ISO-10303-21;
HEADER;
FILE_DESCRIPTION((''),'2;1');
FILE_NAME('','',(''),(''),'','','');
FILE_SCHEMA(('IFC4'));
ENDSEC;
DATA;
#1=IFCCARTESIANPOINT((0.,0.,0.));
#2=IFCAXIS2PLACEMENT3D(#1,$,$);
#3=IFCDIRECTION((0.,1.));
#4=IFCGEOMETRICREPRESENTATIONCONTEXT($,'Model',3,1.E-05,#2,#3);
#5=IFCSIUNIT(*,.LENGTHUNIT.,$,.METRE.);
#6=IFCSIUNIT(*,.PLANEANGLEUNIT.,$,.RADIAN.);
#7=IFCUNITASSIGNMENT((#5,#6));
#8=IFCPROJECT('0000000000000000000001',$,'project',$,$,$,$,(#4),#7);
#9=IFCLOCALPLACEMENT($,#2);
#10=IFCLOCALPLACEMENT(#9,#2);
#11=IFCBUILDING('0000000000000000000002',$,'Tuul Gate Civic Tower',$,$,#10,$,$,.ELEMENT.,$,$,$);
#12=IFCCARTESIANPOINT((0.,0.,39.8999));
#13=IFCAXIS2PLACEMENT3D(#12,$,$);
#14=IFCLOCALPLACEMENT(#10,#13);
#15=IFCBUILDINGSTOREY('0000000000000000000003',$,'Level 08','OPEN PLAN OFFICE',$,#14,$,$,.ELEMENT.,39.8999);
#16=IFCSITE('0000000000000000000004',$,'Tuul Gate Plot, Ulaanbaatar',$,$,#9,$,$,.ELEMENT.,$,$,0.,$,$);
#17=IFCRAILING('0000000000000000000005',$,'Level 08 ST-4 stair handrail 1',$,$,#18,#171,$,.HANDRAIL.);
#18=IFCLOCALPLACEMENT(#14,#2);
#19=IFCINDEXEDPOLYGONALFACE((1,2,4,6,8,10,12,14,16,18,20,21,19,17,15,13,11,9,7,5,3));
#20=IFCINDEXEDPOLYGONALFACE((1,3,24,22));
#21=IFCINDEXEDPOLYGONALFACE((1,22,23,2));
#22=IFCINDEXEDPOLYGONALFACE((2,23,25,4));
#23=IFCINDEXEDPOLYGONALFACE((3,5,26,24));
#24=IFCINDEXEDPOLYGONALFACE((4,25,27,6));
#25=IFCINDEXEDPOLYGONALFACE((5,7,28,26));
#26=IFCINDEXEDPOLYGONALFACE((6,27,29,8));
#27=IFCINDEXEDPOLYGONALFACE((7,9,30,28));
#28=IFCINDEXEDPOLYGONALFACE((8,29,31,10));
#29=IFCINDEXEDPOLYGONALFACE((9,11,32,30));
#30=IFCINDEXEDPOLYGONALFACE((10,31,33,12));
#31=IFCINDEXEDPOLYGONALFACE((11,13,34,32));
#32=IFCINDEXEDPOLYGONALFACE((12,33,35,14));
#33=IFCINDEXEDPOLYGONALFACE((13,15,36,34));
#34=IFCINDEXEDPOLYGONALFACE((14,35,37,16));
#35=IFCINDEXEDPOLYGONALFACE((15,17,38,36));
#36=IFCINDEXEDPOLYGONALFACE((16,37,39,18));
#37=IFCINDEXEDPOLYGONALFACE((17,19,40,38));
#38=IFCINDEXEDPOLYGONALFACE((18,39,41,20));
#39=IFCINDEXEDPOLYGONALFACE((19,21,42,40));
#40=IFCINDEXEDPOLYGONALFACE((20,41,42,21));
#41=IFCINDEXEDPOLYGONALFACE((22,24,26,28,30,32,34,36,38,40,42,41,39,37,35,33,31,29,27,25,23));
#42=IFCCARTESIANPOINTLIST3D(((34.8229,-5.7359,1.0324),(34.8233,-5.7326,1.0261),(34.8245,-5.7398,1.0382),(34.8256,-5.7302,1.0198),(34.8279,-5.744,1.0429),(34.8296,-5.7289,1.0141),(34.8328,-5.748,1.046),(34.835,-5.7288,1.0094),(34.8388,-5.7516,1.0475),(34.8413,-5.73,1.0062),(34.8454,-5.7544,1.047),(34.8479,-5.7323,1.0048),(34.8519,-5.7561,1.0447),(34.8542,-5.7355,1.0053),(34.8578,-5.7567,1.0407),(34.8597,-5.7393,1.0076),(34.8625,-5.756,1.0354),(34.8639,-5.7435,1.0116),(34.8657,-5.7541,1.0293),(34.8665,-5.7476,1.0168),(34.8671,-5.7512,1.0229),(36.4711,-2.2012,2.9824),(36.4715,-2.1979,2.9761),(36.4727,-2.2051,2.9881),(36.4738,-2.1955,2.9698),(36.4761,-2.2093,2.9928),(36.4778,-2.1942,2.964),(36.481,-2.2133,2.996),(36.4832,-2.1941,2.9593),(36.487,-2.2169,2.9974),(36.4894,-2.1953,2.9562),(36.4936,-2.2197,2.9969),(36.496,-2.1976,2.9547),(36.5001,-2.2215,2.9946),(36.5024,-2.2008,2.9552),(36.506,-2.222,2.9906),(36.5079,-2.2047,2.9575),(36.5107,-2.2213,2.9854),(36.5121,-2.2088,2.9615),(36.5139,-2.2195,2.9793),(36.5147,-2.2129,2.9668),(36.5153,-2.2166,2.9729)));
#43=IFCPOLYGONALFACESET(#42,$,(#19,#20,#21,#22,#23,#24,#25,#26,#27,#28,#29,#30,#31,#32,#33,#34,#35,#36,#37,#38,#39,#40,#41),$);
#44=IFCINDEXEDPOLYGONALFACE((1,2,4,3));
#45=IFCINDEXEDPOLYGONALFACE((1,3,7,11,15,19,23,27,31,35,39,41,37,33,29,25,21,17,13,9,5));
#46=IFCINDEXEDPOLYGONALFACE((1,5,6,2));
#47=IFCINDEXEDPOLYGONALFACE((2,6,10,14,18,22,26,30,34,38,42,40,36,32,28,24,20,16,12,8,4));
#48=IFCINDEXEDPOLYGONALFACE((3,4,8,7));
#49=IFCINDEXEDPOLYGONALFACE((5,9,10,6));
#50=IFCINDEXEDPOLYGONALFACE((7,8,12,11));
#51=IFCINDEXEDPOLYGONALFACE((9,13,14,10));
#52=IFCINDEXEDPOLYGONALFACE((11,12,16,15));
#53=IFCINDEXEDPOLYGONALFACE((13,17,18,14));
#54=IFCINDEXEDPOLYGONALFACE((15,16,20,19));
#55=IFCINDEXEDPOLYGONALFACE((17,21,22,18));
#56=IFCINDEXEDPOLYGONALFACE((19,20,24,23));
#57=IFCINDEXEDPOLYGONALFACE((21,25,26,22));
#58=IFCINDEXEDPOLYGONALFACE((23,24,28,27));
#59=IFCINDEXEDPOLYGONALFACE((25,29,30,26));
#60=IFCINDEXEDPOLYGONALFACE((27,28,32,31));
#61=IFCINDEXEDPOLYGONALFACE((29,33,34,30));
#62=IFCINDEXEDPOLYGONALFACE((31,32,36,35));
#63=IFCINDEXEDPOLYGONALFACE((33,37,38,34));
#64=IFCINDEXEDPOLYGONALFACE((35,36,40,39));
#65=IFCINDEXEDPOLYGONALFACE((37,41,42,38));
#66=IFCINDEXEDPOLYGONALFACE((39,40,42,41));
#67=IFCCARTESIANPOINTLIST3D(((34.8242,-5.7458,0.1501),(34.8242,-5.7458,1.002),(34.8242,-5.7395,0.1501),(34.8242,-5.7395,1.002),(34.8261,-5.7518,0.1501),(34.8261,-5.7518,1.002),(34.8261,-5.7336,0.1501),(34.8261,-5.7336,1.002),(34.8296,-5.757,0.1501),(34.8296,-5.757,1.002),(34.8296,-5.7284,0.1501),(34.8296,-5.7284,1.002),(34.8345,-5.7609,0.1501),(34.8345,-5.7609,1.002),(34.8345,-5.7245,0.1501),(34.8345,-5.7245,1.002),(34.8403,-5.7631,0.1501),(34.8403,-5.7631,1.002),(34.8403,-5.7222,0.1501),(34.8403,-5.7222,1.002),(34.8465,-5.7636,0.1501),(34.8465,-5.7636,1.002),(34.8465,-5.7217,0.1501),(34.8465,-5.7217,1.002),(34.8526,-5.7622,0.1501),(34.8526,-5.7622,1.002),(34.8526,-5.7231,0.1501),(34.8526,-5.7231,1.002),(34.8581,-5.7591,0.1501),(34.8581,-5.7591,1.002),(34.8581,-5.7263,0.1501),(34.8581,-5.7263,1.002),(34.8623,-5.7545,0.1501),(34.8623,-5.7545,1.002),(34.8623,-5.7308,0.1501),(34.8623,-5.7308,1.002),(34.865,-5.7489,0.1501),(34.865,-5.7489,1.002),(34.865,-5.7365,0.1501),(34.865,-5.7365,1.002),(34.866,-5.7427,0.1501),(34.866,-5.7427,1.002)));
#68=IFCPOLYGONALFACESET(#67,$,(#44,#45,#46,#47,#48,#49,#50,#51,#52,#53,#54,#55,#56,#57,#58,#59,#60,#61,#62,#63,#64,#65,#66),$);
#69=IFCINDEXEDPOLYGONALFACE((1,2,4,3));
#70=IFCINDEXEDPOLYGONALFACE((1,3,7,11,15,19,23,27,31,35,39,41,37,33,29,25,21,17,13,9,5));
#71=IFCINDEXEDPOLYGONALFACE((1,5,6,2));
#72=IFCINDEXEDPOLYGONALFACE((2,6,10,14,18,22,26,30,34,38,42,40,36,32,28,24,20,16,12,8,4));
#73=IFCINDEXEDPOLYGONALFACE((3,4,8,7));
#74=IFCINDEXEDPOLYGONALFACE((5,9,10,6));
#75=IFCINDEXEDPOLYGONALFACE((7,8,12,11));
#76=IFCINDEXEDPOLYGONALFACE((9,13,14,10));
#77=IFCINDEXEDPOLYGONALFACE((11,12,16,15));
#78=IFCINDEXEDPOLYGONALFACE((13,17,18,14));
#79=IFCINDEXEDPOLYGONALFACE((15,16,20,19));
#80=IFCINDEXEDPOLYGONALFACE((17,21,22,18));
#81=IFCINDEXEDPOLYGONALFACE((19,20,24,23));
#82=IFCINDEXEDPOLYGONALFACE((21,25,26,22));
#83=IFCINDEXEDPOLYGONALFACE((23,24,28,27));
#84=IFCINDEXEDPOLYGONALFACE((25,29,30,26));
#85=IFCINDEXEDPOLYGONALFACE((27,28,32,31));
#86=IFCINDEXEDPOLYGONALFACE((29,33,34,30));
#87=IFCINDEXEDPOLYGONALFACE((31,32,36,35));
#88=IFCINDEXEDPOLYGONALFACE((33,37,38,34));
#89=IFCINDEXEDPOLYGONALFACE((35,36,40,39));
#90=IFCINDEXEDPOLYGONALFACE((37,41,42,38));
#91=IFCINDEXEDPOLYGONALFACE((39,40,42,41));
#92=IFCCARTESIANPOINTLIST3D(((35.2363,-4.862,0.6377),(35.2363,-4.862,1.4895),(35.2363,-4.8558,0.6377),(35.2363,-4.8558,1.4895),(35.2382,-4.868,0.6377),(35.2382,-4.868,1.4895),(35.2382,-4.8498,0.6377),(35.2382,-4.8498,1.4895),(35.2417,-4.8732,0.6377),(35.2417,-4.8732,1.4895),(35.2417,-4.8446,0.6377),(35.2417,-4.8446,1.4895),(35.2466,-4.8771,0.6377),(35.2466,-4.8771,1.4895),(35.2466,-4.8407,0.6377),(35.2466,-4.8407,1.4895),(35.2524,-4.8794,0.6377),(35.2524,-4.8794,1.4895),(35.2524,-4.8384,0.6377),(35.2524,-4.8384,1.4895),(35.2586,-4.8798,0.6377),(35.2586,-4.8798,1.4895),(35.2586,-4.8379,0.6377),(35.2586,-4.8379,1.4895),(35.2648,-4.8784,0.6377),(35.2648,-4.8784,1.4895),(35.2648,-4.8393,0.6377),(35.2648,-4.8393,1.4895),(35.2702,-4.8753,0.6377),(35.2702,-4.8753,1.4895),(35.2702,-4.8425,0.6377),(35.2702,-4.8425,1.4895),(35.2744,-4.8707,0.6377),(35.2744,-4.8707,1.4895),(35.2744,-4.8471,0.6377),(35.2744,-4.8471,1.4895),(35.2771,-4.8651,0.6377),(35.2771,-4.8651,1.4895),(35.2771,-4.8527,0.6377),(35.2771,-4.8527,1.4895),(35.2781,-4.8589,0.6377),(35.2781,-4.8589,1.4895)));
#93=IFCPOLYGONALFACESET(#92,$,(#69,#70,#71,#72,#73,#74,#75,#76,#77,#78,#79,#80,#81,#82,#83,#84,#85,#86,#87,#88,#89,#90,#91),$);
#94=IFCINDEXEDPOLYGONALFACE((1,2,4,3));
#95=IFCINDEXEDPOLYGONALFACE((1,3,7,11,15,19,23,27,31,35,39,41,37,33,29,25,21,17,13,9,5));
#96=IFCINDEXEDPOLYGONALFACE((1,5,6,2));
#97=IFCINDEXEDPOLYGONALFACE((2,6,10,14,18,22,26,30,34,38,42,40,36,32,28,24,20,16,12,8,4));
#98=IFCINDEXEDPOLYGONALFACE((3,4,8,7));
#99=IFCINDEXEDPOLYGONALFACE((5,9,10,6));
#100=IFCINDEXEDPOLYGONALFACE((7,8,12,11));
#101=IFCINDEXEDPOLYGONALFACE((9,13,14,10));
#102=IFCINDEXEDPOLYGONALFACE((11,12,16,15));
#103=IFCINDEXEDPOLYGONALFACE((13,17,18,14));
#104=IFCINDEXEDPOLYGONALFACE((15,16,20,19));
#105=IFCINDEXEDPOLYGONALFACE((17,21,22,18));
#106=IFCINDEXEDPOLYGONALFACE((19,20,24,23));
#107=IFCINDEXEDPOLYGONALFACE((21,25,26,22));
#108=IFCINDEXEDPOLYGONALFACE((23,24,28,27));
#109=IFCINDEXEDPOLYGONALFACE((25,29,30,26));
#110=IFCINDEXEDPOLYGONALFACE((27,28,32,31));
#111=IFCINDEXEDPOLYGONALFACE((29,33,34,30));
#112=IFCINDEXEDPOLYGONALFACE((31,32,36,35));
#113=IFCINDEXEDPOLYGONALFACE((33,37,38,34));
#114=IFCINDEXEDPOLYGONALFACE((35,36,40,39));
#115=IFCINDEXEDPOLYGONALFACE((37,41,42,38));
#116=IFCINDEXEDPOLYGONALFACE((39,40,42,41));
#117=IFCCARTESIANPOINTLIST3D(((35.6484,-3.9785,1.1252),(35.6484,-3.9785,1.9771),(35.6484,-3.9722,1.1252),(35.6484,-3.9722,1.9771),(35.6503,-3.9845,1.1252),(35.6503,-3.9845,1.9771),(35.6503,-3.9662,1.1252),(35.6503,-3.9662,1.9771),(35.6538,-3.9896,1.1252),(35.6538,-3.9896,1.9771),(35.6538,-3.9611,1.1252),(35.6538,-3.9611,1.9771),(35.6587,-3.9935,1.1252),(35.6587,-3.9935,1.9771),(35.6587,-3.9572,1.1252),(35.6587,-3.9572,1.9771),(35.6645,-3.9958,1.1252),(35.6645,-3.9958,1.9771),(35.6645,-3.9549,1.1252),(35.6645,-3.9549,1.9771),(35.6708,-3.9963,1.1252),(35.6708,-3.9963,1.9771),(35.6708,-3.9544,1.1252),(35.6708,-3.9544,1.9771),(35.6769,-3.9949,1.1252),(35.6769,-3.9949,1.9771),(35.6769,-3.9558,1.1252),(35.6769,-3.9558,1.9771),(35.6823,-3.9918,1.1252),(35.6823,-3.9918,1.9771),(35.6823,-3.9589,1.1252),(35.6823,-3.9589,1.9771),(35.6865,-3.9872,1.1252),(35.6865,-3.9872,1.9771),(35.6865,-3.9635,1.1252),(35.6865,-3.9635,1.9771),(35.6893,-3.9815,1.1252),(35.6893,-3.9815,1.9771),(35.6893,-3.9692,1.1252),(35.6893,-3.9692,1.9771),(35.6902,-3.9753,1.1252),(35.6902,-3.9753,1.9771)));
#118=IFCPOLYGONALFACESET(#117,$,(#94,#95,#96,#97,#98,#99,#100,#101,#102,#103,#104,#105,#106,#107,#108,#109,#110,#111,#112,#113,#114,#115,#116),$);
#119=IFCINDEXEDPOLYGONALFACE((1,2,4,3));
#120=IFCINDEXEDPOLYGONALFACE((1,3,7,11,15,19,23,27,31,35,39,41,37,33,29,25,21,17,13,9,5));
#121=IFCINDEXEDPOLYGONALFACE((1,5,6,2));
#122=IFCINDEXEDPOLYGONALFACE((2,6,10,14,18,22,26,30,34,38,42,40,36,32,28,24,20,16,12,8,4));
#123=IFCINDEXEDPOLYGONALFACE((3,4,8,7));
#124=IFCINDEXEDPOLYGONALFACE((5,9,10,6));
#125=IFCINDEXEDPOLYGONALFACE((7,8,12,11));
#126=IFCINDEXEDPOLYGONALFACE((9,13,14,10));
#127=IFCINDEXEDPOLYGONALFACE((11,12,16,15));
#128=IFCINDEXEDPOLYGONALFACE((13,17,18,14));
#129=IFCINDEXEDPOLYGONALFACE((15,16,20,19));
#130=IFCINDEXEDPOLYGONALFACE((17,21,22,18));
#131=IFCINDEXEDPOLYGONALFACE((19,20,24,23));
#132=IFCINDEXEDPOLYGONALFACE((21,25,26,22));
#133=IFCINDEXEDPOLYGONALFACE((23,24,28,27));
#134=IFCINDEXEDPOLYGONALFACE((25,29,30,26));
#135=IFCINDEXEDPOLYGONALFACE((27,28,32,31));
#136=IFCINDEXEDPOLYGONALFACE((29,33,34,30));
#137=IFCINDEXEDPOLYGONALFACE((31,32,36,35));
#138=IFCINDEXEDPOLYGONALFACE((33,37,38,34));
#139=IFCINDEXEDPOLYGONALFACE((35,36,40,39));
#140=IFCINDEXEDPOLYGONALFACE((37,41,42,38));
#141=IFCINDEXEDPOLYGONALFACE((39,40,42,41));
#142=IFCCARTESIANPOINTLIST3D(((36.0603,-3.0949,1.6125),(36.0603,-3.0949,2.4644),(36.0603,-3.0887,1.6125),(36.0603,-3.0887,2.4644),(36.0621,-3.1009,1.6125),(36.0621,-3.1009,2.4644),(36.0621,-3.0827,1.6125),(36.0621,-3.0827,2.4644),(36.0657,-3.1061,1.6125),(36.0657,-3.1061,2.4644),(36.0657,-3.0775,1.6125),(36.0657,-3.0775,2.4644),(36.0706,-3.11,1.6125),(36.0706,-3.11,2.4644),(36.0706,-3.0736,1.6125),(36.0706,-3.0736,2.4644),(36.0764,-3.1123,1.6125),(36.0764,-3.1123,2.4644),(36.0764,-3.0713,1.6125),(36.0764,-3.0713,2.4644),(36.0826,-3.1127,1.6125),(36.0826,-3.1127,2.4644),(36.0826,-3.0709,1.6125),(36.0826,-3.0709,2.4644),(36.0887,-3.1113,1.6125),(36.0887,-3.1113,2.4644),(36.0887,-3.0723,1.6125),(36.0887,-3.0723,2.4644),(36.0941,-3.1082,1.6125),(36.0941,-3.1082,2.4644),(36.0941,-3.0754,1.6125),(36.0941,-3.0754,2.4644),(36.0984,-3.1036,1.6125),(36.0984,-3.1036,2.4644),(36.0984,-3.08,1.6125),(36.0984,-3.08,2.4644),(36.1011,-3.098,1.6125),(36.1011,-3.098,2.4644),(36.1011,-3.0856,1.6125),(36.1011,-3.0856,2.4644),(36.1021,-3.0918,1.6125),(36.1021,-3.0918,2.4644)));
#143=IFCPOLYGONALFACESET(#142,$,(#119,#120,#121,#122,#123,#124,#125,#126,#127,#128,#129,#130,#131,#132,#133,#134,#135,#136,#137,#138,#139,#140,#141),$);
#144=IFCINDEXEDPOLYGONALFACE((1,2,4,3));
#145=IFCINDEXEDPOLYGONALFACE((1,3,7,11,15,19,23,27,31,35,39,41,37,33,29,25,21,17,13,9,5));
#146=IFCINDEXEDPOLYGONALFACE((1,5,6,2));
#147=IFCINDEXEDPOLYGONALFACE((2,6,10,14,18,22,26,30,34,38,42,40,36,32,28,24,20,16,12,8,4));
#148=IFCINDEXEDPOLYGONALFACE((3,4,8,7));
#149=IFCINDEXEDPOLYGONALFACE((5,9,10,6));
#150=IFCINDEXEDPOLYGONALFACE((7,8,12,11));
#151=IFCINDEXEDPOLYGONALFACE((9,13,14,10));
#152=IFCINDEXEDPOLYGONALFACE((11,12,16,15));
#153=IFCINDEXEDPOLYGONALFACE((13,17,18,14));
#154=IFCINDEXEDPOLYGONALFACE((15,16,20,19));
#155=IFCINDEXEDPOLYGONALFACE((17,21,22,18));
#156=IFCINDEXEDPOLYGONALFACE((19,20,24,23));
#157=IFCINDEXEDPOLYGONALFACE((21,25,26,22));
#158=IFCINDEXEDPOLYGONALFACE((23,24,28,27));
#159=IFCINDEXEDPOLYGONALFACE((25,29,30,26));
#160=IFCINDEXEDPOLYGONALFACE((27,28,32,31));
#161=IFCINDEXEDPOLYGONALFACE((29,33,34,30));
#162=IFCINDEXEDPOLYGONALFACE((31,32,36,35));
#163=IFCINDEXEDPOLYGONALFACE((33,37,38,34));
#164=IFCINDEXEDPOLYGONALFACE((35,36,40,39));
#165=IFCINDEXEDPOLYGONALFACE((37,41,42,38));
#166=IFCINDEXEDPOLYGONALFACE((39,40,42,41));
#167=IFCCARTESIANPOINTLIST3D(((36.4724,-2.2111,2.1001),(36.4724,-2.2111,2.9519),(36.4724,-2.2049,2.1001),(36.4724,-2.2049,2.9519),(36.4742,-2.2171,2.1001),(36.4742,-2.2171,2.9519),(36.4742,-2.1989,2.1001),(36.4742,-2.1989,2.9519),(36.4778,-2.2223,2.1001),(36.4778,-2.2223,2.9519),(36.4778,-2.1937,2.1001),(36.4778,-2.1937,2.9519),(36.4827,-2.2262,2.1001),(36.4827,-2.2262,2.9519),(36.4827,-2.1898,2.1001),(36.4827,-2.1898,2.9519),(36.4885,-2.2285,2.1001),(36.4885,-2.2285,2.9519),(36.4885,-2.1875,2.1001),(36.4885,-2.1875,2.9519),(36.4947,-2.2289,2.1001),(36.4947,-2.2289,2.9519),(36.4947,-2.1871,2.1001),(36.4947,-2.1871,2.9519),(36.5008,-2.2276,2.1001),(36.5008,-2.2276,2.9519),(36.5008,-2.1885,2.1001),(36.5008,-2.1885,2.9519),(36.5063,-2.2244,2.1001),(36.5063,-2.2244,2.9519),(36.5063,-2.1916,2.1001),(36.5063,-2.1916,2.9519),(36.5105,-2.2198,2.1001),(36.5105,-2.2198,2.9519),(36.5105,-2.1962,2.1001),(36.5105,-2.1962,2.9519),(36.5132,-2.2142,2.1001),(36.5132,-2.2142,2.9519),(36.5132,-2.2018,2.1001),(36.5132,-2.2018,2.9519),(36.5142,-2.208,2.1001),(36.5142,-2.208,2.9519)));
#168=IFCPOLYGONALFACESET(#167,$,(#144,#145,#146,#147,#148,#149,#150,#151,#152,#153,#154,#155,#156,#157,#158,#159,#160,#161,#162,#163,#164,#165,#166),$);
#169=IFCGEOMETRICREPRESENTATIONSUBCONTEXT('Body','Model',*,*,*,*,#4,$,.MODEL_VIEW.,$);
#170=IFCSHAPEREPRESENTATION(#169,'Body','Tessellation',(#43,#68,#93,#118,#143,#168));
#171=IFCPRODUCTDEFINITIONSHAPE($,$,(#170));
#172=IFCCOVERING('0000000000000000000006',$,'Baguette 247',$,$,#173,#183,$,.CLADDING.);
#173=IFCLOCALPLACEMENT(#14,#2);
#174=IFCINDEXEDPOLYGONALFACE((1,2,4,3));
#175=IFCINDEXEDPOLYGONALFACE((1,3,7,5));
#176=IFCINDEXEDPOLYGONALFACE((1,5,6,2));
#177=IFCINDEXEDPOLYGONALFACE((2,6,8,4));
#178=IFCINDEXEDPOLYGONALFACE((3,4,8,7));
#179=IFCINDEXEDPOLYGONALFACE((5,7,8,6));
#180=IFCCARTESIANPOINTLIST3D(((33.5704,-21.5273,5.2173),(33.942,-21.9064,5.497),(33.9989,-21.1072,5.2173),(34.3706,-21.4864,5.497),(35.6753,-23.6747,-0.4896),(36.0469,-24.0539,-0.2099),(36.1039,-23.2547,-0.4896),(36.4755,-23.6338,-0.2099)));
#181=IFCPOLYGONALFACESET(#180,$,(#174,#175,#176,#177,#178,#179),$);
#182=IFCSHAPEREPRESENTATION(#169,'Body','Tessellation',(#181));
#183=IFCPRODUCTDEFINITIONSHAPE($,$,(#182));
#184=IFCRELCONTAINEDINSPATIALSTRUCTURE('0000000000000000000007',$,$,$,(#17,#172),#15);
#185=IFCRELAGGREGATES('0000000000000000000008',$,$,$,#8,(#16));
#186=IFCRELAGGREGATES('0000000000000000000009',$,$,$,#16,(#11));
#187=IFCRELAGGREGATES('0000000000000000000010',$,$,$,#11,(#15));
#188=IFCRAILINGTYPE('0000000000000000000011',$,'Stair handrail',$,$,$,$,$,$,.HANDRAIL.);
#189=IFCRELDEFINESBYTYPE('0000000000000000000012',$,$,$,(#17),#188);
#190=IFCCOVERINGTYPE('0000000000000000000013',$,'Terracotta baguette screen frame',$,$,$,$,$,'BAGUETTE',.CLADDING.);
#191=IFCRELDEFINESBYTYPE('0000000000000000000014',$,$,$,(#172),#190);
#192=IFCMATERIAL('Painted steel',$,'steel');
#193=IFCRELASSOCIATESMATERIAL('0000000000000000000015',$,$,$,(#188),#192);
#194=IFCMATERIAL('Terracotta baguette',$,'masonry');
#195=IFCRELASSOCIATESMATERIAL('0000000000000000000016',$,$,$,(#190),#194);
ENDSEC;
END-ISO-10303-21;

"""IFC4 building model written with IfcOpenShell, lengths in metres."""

from ifc_helpers import new_model, si_unit, direction, frame, origin, origin_2d, place, context, subcontext, project, spatial, rectangle, circle, extrude, material, material_profile, profile_set, type_object, element, save


model = new_model("IFC4")

# Units and contexts
model_context = context("Model", 3, precision=1e-05, world=origin(), true_north=direction((0.0, 1.0)))
body_context = subcontext(model_context, "Body", "Model", "MODEL_VIEW")
ifc_project = project(units=[si_unit("LENGTHUNIT", "METRE"), si_unit("PLANEANGLEUNIT", "RADIAN")], contexts=[model_context])

# Site, building, storey
site_placement = place(None, origin())
site = spatial("IfcSite", under=ifc_project, at=site_placement, Name="Tuul Gate Plot, Ulaanbaatar", CompositionType="ELEMENT", RefElevation=0.0)
building_placement = place(site_placement, origin())
building = spatial("IfcBuilding", under=site, at=building_placement, Name="Tuul Gate Civic Tower", CompositionType="ELEMENT")
storey_placement = place(building_placement, frame((0.0, 0.0, 39.8999)))
storey = spatial("IfcBuildingStorey", under=building, at=storey_placement, Name="Level 08", Description="OPEN PLAN OFFICE", CompositionType="ELEMENT", Elevation=39.8999)

# Railing
ifc_material_1 = material(Name="Painted steel", Category="steel")
railing_type = type_object("IfcRailingType", Name="Stair handrail", PredefinedType="HANDRAIL", material=ifc_material_1)
railing_placement = place(storey_placement, frame((34.845, -5.7427, 0.1501)))
element("IfcRailing", 1, at=railing_placement, inside=storey, type_object=railing_type, Name="Level 08 ST-4 stair handrail 1", PredefinedType="HANDRAIL", context=body_context, shape_type="SweptSolid", body=[
    extrude(circle(Radius=0.0239, at=origin_2d()), frame((0.0, 0.0, 0.876), z_axis=(0.377995, 0.810637, 0.4472), x_axis=(-0.906313, 0.422608, 0.0)), (0.0, 0.0, 1.0), 4.3604),
    extrude(circle(Radius=0.021, at=origin_2d()), origin(), (0.0, 0.0, 1.0), 0.8518),
    extrude(circle(Radius=0.021, at=origin_2d()), frame((0.4121, 0.8838, 0.4875)), (0.0, 0.0, 1.0), 0.8518),
    extrude(circle(Radius=0.021, at=origin_2d()), frame((0.8242, 1.7673, 0.9751)), (0.0, 0.0, 1.0), 0.8518),
    extrude(circle(Radius=0.021, at=origin_2d()), frame((1.2361, 2.6509, 1.4624)), (0.0, 0.0, 1.0), 0.8518),
    extrude(circle(Radius=0.021, at=origin_2d()), frame((1.6482, 3.5347, 1.95)), (0.0, 0.0, 1.0), 0.8518),
])

# Covering
ifc_material_2 = material(Name="Terracotta baguette", Category="masonry")
ifc_material_profile_1 = material_profile(ifc_material_2, rectangle(XDim=0.6001, YDim=0.6001, at=origin_2d()), Name="Terracotta baguette screen frame")
ifc_profile_set_1 = profile_set([ifc_material_profile_1], Name="Terracotta baguette")
covering_type = type_object("IfcCoveringType", Name="Terracotta baguette screen frame", ElementType="BAGUETTE", PredefinedType="CLADDING", material=ifc_profile_set_1)
covering_placement = place(storey_placement, frame((33.9705, -21.5068, 5.3572), z_axis=(0.326313, -0.332899, -0.884702), x_axis=(0.714135, 0.700008, 0.0)))
element("IfcCovering", 2, at=covering_placement, inside=storey, type_object=covering_type, Name="Baguette 247", PredefinedType="CLADDING", context=body_context, shape_type="SweptSolid", body=[
    extrude(rectangle(XDim=0.6001, YDim=0.6001, at=origin_2d()), origin(), (0.0, 0.0, 1.0), 6.4507),
])

save(model, "model.ifc")
